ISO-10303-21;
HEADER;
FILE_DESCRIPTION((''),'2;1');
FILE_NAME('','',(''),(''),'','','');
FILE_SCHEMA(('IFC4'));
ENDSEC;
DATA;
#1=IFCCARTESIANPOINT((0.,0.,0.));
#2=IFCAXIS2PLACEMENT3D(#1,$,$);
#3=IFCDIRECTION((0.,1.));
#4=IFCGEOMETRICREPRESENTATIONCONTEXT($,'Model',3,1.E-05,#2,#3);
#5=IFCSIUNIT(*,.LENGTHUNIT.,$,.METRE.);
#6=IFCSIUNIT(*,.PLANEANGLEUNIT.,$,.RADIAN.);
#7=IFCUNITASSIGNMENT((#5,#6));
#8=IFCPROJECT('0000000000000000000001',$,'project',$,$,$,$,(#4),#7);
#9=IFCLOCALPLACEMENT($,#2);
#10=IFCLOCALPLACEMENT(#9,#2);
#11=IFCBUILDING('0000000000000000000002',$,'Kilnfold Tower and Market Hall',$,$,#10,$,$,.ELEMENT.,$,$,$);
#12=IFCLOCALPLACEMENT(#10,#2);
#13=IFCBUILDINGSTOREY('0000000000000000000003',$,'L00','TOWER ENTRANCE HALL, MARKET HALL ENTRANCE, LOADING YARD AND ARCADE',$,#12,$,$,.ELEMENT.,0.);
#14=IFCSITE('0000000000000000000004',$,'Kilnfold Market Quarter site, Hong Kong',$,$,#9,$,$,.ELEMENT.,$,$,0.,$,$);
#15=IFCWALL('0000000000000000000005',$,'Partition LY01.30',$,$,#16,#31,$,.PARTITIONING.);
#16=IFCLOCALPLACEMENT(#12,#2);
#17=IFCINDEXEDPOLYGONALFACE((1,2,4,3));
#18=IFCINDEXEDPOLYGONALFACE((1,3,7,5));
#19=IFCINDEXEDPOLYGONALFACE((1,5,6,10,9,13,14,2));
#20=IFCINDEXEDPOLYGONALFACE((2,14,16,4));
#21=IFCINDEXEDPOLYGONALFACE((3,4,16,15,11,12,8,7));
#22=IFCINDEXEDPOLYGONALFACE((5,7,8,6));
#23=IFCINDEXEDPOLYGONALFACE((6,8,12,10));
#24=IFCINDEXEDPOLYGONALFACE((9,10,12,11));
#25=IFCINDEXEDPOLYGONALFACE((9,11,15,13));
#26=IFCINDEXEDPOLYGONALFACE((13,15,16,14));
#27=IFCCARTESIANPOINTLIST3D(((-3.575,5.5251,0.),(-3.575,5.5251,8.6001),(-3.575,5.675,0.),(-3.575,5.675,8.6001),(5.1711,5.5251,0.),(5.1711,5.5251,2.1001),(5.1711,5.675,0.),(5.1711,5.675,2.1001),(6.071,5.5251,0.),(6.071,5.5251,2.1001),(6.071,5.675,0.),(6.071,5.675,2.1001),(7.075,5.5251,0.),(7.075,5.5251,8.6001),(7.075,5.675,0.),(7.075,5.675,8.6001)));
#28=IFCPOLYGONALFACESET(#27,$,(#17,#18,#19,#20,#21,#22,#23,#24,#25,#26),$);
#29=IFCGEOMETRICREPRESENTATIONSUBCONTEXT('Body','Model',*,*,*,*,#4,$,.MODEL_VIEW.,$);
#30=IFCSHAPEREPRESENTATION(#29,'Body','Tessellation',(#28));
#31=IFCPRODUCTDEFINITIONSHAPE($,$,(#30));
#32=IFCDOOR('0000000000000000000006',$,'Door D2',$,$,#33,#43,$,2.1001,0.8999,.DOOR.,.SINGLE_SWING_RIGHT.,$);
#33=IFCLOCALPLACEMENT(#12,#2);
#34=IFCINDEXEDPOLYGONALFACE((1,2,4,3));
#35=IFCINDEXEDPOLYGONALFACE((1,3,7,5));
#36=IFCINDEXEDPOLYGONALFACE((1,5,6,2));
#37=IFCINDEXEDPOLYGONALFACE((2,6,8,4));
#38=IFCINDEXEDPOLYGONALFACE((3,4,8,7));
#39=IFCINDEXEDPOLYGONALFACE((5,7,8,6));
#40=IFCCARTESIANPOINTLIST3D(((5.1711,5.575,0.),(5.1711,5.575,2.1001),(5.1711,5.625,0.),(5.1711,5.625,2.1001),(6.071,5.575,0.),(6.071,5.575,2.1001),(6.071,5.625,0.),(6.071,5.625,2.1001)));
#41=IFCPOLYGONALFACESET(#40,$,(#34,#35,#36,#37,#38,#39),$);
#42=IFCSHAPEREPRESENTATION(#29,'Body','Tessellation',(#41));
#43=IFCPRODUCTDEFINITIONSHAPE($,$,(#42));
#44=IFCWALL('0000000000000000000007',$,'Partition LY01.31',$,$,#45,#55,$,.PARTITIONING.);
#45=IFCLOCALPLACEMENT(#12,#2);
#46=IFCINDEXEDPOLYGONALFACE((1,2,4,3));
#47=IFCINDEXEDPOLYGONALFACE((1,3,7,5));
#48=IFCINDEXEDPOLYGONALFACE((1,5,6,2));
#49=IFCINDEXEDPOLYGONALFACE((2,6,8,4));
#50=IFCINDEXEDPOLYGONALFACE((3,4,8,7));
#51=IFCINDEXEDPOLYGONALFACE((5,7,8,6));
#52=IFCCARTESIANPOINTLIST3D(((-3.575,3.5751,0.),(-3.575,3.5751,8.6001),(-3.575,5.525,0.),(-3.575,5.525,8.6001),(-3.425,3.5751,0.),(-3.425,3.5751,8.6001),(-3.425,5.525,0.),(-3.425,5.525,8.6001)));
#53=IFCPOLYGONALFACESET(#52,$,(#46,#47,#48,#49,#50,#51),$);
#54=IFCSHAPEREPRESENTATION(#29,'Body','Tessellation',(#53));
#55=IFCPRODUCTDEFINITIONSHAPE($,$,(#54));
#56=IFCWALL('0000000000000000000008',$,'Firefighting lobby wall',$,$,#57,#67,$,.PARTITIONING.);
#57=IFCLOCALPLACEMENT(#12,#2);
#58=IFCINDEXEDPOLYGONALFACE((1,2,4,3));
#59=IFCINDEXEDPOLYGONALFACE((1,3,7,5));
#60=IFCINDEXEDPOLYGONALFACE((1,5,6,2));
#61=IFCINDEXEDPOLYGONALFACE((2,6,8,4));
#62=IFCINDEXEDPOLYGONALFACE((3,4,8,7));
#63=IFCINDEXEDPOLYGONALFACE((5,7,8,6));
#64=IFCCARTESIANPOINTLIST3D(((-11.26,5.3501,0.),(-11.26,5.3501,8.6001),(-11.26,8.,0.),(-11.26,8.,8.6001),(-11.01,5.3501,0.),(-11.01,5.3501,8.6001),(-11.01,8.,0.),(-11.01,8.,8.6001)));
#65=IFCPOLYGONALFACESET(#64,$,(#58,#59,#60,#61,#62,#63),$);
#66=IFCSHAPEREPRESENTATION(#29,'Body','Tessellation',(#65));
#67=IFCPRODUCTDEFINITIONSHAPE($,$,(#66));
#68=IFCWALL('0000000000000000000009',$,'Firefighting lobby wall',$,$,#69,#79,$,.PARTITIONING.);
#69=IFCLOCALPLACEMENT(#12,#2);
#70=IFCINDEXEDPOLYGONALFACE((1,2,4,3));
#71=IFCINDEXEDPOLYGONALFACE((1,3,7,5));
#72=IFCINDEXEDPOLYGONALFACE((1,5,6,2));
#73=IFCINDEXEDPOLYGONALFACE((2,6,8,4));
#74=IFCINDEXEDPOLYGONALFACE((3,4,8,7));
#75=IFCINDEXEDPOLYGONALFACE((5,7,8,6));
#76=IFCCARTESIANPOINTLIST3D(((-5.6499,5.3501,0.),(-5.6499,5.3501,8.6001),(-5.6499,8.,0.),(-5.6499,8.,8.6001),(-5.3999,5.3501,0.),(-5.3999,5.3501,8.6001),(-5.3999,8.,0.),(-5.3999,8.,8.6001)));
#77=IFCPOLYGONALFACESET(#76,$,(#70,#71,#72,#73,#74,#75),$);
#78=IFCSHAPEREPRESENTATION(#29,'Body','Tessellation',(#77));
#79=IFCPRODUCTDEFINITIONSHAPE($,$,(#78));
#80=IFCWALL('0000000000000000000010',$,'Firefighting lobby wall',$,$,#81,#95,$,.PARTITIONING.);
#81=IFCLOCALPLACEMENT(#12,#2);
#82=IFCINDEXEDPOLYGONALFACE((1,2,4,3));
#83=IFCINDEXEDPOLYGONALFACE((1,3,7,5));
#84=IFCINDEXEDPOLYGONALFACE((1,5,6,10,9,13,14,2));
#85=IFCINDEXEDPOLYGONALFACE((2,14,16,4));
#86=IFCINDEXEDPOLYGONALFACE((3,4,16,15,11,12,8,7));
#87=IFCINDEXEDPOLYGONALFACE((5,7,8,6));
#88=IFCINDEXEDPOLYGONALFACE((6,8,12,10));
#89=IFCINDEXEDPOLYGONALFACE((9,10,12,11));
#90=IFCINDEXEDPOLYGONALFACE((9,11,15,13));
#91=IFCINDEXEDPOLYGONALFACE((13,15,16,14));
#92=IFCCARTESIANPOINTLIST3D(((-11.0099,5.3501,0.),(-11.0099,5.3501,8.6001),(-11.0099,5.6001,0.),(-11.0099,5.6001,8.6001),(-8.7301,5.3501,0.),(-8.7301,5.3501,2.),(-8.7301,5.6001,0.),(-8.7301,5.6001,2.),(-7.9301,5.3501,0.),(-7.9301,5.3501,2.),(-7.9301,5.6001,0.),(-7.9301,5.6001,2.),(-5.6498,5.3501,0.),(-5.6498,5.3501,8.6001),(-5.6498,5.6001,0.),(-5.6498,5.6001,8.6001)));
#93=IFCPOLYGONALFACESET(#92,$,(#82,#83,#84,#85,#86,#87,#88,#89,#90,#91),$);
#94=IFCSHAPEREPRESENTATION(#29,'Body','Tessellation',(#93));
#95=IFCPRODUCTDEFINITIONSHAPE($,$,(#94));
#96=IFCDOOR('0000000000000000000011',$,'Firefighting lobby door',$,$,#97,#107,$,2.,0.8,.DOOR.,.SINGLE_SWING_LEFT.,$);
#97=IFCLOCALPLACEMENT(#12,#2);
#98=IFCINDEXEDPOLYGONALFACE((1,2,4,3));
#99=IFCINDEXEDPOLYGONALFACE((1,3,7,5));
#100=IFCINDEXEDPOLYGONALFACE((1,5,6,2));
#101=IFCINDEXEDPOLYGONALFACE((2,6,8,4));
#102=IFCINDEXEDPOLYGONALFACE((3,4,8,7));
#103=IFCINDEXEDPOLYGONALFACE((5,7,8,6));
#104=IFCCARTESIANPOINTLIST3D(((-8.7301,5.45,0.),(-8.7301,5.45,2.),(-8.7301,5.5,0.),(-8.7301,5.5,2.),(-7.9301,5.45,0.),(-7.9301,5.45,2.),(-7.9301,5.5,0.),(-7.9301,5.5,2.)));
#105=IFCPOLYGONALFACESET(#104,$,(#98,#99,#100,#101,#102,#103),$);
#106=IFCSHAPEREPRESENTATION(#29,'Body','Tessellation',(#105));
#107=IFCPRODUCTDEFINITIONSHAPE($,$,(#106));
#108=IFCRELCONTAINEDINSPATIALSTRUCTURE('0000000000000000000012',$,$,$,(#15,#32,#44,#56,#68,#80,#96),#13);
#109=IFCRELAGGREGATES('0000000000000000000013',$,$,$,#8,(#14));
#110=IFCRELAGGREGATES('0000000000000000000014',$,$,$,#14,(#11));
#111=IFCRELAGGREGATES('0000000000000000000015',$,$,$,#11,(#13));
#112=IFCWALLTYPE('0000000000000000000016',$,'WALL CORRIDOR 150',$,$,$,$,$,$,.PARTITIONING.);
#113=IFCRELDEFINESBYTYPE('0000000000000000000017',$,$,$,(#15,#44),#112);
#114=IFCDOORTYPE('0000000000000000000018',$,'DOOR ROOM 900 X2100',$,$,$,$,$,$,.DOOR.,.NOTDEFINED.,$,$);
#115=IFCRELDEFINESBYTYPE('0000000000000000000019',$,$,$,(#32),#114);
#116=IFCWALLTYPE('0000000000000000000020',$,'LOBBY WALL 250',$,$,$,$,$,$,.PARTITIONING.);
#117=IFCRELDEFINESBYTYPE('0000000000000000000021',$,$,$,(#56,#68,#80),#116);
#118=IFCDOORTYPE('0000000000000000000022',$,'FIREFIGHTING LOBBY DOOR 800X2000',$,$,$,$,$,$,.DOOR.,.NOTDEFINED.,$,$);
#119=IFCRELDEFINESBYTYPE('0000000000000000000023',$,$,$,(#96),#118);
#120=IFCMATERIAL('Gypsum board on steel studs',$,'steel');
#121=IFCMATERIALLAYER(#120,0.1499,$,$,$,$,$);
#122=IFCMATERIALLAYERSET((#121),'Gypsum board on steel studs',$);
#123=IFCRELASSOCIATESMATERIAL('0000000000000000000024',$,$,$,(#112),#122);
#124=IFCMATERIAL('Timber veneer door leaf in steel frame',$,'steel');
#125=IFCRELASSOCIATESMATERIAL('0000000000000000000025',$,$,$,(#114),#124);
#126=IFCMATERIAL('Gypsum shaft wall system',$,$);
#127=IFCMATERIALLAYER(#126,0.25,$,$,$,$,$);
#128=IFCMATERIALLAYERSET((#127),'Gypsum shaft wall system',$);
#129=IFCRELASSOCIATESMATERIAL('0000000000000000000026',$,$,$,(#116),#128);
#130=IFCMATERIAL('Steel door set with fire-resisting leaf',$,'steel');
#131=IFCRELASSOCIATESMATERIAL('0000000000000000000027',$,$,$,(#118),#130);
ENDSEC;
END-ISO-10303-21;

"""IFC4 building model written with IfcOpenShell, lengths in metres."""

from ifc_helpers import new_model, si_unit, direction, frame, frame_2d, origin, place, context, subcontext, project, spatial, rectangle, extrude, source, transform, mapped, material, layer, layer_set, type_object, element, fill, save


model = new_model("IFC4")

# Units and contexts
model_context = context("Model", 3, precision=1e-05, world=origin(), true_north=direction((0.0, 1.0)))
body_context = subcontext(model_context, "Body", "Model", "MODEL_VIEW")
ifc_project = project(units=[si_unit("LENGTHUNIT", "METRE"), si_unit("PLANEANGLEUNIT", "RADIAN")], contexts=[model_context])

# Site, building, storey
site_placement = place(None, origin())
site = spatial("IfcSite", under=ifc_project, at=site_placement, Name="Kilnfold Market Quarter site, Hong Kong", CompositionType="ELEMENT", RefElevation=0.0)
building_placement = place(site_placement, origin())
building = spatial("IfcBuilding", under=site, at=building_placement, Name="Kilnfold Tower and Market Hall", CompositionType="ELEMENT")
storey_placement = place(building_placement, origin())
storey = spatial("IfcBuildingStorey", under=building, at=storey_placement, Name="L00", Description="TOWER ENTRANCE HALL, MARKET HALL ENTRANCE, LOADING YARD AND ARCADE", CompositionType="ELEMENT", Elevation=0.0)

# Wall, opening, door
ifc_material_1 = material(Name="Gypsum board on steel studs", Category="steel")
ifc_layer_1 = layer(ifc_material_1, 0.1499)
ifc_layer_set_1 = layer_set([ifc_layer_1], Name="Gypsum board on steel studs")
wall_type_1 = type_object("IfcWallType", Name="WALL CORRIDOR 150", PredefinedType="PARTITIONING", material=ifc_layer_set_1)
wall_1_placement = place(storey_placement, frame((-3.575, 5.6001, 0.0), z_axis=(0.0, 0.0, 1.0), x_axis=(1.0, 0.0, 0.0)))
wall_1 = element("IfcWall", 1, at=wall_1_placement, inside=storey, type_object=wall_type_1, Name="Partition LY01.30", PredefinedType="PARTITIONING", context=body_context, shape_type="SweptSolid", body=[
    extrude(rectangle(XDim=10.6499, YDim=0.1499, at=frame_2d((5.325, 0.0))), origin(), (0.0, 0.0, 1.0), 8.6001),
])
opening_1_placement = place(wall_1_placement, frame((8.7461, 0.0, 0.0)))
opening_1 = element("IfcOpeningElement", 2, at=opening_1_placement, cuts=wall_1, PredefinedType="OPENING", context=body_context, shape_type="SweptSolid", body=[
    extrude(rectangle(XDim=0.8999, YDim=2.1001, at=frame_2d((0.45, 1.05))), frame((0.0, 0.085, 0.0), z_axis=(0.0, -1.0, 0.0), x_axis=(1.0, 0.0, 0.0)), (0.0, 0.0, 1.0), 0.1699),
])
ifc_material_2 = material(Name="Timber veneer door leaf in steel frame", Category="steel")
door_type_1 = type_object("IfcDoorType", Name="DOOR ROOM 900 X2100", OperationType="NOTDEFINED", PredefinedType="DOOR", material=ifc_material_2)
door_1_placement = place(opening_1_placement, origin())
door_1 = element("IfcDoor", 3, at=door_1_placement, inside=storey, type_object=door_type_1, Name="Door D2", OperationType="SINGLE_SWING_RIGHT", OverallHeight=2.1001, OverallWidth=0.8999, PredefinedType="DOOR", context=body_context, shape_type="SweptSolid", body=[
    extrude(rectangle(XDim=0.8999, YDim=2.1001, at=frame_2d((0.45, 1.05))), frame((0.0, 0.0249, 0.0), z_axis=(0.0, -1.0, 0.0), x_axis=(1.0, 0.0, 0.0)), (0.0, 0.0, 1.0), 0.05),
])
fill(opening_1, door_1)

# Walls
wall_2_placement = place(storey_placement, frame((-3.5, 3.575, 0.0), z_axis=(0.0, 0.0, 1.0), x_axis=(0.0, 1.0, 0.0)))
element("IfcWall", 4, at=wall_2_placement, inside=storey, type_object=wall_type_1, Name="Partition LY01.31", PredefinedType="PARTITIONING", context=body_context, shape_type="SweptSolid", body=[
    extrude(rectangle(XDim=1.95, YDim=0.1499, at=frame_2d((0.9751, 0.0))), origin(), (0.0, 0.0, 1.0), 8.6001),
])
ifc_material_3 = material(Name="Gypsum shaft wall system")
ifc_layer_2 = layer(ifc_material_3, 0.25)
ifc_layer_set_2 = layer_set([ifc_layer_2], Name="Gypsum shaft wall system")
wall_type_2 = type_object("IfcWallType", Name="LOBBY WALL 250", PredefinedType="PARTITIONING", material=ifc_layer_set_2)
shared_shape_1 = source(origin(), body_context, "Body", "SweptSolid", [
    extrude(rectangle(XDim=2.6499, YDim=0.25, at=frame_2d((1.325, 0.0))), origin(), (0.0, 0.0, 1.0), 8.6001),
])
for number, where, z_axis, x_axis, name in (
    (5, (-11.135, 5.3501, 0.0), (0.0, 0.0, 1.0), (0.0, 1.0, 0.0), "Firefighting lobby wall"),
    (6, (-5.5249, 5.3501, 0.0), (0.0, 0.0, 1.0), (0.0, 1.0, 0.0), "Firefighting lobby wall"),
):
    element("IfcWall", number, at=place(storey_placement, frame(where, z_axis=z_axis, x_axis=x_axis)), inside=storey, type_object=wall_type_2, Name=name, PredefinedType="PARTITIONING", context=body_context, shape_type="MappedRepresentation", body=[
        mapped(shared_shape_1, transform((0.0, 0.0, 0.0))),
    ])

# Wall, opening, door
shared_shape_2 = source(origin(), body_context, "Body", "SweptSolid", [
    extrude(rectangle(XDim=5.3601, YDim=0.25, at=frame_2d((2.6802, 0.0))), origin(), (0.0, 0.0, 1.0), 8.6001),
])
wall_3_placement = place(storey_placement, frame((-11.01, 5.4751, 0.0), z_axis=(0.0, 0.0, 1.0), x_axis=(1.0, 0.0, 0.0)))
wall_3 = element("IfcWall", 7, at=wall_3_placement, inside=storey, type_object=wall_type_2, Name="Firefighting lobby wall", PredefinedType="PARTITIONING", context=body_context, shape_type="MappedRepresentation", body=[
    mapped(shared_shape_2, transform((0.0, 0.0, 0.0))),
])
opening_2_placement = place(wall_3_placement, frame((2.28, 0.0, 0.0)))
opening_2 = element("IfcOpeningElement", 8, at=opening_2_placement, cuts=wall_3, PredefinedType="OPENING", context=body_context, shape_type="SweptSolid", body=[
    extrude(rectangle(XDim=0.8, YDim=2.0, at=frame_2d((0.3999, 1.0))), frame((0.0, 0.135, 0.0), z_axis=(0.0, -1.0, 0.0), x_axis=(1.0, 0.0, 0.0)), (0.0, 0.0, 1.0), 0.27),
])
ifc_material_4 = material(Name="Steel door set with fire-resisting leaf", Category="steel")
door_type_2 = type_object("IfcDoorType", Name="FIREFIGHTING LOBBY DOOR 800X2000", OperationType="NOTDEFINED", PredefinedType="DOOR", material=ifc_material_4)
door_2_placement = place(opening_2_placement, origin())
door_2 = element("IfcDoor", 9, at=door_2_placement, inside=storey, type_object=door_type_2, Name="Firefighting lobby door", OperationType="SINGLE_SWING_LEFT", OverallHeight=2.0, OverallWidth=0.8, PredefinedType="DOOR", context=body_context, shape_type="SweptSolid", body=[
    extrude(rectangle(XDim=0.8, YDim=2.0, at=frame_2d((0.3999, 1.0))), frame((0.0, 0.0249, 0.0), z_axis=(0.0, -1.0, 0.0), x_axis=(1.0, 0.0, 0.0)), (0.0, 0.0, 1.0), 0.05),
])
fill(opening_2, door_2)

save(model, "model.ifc")
